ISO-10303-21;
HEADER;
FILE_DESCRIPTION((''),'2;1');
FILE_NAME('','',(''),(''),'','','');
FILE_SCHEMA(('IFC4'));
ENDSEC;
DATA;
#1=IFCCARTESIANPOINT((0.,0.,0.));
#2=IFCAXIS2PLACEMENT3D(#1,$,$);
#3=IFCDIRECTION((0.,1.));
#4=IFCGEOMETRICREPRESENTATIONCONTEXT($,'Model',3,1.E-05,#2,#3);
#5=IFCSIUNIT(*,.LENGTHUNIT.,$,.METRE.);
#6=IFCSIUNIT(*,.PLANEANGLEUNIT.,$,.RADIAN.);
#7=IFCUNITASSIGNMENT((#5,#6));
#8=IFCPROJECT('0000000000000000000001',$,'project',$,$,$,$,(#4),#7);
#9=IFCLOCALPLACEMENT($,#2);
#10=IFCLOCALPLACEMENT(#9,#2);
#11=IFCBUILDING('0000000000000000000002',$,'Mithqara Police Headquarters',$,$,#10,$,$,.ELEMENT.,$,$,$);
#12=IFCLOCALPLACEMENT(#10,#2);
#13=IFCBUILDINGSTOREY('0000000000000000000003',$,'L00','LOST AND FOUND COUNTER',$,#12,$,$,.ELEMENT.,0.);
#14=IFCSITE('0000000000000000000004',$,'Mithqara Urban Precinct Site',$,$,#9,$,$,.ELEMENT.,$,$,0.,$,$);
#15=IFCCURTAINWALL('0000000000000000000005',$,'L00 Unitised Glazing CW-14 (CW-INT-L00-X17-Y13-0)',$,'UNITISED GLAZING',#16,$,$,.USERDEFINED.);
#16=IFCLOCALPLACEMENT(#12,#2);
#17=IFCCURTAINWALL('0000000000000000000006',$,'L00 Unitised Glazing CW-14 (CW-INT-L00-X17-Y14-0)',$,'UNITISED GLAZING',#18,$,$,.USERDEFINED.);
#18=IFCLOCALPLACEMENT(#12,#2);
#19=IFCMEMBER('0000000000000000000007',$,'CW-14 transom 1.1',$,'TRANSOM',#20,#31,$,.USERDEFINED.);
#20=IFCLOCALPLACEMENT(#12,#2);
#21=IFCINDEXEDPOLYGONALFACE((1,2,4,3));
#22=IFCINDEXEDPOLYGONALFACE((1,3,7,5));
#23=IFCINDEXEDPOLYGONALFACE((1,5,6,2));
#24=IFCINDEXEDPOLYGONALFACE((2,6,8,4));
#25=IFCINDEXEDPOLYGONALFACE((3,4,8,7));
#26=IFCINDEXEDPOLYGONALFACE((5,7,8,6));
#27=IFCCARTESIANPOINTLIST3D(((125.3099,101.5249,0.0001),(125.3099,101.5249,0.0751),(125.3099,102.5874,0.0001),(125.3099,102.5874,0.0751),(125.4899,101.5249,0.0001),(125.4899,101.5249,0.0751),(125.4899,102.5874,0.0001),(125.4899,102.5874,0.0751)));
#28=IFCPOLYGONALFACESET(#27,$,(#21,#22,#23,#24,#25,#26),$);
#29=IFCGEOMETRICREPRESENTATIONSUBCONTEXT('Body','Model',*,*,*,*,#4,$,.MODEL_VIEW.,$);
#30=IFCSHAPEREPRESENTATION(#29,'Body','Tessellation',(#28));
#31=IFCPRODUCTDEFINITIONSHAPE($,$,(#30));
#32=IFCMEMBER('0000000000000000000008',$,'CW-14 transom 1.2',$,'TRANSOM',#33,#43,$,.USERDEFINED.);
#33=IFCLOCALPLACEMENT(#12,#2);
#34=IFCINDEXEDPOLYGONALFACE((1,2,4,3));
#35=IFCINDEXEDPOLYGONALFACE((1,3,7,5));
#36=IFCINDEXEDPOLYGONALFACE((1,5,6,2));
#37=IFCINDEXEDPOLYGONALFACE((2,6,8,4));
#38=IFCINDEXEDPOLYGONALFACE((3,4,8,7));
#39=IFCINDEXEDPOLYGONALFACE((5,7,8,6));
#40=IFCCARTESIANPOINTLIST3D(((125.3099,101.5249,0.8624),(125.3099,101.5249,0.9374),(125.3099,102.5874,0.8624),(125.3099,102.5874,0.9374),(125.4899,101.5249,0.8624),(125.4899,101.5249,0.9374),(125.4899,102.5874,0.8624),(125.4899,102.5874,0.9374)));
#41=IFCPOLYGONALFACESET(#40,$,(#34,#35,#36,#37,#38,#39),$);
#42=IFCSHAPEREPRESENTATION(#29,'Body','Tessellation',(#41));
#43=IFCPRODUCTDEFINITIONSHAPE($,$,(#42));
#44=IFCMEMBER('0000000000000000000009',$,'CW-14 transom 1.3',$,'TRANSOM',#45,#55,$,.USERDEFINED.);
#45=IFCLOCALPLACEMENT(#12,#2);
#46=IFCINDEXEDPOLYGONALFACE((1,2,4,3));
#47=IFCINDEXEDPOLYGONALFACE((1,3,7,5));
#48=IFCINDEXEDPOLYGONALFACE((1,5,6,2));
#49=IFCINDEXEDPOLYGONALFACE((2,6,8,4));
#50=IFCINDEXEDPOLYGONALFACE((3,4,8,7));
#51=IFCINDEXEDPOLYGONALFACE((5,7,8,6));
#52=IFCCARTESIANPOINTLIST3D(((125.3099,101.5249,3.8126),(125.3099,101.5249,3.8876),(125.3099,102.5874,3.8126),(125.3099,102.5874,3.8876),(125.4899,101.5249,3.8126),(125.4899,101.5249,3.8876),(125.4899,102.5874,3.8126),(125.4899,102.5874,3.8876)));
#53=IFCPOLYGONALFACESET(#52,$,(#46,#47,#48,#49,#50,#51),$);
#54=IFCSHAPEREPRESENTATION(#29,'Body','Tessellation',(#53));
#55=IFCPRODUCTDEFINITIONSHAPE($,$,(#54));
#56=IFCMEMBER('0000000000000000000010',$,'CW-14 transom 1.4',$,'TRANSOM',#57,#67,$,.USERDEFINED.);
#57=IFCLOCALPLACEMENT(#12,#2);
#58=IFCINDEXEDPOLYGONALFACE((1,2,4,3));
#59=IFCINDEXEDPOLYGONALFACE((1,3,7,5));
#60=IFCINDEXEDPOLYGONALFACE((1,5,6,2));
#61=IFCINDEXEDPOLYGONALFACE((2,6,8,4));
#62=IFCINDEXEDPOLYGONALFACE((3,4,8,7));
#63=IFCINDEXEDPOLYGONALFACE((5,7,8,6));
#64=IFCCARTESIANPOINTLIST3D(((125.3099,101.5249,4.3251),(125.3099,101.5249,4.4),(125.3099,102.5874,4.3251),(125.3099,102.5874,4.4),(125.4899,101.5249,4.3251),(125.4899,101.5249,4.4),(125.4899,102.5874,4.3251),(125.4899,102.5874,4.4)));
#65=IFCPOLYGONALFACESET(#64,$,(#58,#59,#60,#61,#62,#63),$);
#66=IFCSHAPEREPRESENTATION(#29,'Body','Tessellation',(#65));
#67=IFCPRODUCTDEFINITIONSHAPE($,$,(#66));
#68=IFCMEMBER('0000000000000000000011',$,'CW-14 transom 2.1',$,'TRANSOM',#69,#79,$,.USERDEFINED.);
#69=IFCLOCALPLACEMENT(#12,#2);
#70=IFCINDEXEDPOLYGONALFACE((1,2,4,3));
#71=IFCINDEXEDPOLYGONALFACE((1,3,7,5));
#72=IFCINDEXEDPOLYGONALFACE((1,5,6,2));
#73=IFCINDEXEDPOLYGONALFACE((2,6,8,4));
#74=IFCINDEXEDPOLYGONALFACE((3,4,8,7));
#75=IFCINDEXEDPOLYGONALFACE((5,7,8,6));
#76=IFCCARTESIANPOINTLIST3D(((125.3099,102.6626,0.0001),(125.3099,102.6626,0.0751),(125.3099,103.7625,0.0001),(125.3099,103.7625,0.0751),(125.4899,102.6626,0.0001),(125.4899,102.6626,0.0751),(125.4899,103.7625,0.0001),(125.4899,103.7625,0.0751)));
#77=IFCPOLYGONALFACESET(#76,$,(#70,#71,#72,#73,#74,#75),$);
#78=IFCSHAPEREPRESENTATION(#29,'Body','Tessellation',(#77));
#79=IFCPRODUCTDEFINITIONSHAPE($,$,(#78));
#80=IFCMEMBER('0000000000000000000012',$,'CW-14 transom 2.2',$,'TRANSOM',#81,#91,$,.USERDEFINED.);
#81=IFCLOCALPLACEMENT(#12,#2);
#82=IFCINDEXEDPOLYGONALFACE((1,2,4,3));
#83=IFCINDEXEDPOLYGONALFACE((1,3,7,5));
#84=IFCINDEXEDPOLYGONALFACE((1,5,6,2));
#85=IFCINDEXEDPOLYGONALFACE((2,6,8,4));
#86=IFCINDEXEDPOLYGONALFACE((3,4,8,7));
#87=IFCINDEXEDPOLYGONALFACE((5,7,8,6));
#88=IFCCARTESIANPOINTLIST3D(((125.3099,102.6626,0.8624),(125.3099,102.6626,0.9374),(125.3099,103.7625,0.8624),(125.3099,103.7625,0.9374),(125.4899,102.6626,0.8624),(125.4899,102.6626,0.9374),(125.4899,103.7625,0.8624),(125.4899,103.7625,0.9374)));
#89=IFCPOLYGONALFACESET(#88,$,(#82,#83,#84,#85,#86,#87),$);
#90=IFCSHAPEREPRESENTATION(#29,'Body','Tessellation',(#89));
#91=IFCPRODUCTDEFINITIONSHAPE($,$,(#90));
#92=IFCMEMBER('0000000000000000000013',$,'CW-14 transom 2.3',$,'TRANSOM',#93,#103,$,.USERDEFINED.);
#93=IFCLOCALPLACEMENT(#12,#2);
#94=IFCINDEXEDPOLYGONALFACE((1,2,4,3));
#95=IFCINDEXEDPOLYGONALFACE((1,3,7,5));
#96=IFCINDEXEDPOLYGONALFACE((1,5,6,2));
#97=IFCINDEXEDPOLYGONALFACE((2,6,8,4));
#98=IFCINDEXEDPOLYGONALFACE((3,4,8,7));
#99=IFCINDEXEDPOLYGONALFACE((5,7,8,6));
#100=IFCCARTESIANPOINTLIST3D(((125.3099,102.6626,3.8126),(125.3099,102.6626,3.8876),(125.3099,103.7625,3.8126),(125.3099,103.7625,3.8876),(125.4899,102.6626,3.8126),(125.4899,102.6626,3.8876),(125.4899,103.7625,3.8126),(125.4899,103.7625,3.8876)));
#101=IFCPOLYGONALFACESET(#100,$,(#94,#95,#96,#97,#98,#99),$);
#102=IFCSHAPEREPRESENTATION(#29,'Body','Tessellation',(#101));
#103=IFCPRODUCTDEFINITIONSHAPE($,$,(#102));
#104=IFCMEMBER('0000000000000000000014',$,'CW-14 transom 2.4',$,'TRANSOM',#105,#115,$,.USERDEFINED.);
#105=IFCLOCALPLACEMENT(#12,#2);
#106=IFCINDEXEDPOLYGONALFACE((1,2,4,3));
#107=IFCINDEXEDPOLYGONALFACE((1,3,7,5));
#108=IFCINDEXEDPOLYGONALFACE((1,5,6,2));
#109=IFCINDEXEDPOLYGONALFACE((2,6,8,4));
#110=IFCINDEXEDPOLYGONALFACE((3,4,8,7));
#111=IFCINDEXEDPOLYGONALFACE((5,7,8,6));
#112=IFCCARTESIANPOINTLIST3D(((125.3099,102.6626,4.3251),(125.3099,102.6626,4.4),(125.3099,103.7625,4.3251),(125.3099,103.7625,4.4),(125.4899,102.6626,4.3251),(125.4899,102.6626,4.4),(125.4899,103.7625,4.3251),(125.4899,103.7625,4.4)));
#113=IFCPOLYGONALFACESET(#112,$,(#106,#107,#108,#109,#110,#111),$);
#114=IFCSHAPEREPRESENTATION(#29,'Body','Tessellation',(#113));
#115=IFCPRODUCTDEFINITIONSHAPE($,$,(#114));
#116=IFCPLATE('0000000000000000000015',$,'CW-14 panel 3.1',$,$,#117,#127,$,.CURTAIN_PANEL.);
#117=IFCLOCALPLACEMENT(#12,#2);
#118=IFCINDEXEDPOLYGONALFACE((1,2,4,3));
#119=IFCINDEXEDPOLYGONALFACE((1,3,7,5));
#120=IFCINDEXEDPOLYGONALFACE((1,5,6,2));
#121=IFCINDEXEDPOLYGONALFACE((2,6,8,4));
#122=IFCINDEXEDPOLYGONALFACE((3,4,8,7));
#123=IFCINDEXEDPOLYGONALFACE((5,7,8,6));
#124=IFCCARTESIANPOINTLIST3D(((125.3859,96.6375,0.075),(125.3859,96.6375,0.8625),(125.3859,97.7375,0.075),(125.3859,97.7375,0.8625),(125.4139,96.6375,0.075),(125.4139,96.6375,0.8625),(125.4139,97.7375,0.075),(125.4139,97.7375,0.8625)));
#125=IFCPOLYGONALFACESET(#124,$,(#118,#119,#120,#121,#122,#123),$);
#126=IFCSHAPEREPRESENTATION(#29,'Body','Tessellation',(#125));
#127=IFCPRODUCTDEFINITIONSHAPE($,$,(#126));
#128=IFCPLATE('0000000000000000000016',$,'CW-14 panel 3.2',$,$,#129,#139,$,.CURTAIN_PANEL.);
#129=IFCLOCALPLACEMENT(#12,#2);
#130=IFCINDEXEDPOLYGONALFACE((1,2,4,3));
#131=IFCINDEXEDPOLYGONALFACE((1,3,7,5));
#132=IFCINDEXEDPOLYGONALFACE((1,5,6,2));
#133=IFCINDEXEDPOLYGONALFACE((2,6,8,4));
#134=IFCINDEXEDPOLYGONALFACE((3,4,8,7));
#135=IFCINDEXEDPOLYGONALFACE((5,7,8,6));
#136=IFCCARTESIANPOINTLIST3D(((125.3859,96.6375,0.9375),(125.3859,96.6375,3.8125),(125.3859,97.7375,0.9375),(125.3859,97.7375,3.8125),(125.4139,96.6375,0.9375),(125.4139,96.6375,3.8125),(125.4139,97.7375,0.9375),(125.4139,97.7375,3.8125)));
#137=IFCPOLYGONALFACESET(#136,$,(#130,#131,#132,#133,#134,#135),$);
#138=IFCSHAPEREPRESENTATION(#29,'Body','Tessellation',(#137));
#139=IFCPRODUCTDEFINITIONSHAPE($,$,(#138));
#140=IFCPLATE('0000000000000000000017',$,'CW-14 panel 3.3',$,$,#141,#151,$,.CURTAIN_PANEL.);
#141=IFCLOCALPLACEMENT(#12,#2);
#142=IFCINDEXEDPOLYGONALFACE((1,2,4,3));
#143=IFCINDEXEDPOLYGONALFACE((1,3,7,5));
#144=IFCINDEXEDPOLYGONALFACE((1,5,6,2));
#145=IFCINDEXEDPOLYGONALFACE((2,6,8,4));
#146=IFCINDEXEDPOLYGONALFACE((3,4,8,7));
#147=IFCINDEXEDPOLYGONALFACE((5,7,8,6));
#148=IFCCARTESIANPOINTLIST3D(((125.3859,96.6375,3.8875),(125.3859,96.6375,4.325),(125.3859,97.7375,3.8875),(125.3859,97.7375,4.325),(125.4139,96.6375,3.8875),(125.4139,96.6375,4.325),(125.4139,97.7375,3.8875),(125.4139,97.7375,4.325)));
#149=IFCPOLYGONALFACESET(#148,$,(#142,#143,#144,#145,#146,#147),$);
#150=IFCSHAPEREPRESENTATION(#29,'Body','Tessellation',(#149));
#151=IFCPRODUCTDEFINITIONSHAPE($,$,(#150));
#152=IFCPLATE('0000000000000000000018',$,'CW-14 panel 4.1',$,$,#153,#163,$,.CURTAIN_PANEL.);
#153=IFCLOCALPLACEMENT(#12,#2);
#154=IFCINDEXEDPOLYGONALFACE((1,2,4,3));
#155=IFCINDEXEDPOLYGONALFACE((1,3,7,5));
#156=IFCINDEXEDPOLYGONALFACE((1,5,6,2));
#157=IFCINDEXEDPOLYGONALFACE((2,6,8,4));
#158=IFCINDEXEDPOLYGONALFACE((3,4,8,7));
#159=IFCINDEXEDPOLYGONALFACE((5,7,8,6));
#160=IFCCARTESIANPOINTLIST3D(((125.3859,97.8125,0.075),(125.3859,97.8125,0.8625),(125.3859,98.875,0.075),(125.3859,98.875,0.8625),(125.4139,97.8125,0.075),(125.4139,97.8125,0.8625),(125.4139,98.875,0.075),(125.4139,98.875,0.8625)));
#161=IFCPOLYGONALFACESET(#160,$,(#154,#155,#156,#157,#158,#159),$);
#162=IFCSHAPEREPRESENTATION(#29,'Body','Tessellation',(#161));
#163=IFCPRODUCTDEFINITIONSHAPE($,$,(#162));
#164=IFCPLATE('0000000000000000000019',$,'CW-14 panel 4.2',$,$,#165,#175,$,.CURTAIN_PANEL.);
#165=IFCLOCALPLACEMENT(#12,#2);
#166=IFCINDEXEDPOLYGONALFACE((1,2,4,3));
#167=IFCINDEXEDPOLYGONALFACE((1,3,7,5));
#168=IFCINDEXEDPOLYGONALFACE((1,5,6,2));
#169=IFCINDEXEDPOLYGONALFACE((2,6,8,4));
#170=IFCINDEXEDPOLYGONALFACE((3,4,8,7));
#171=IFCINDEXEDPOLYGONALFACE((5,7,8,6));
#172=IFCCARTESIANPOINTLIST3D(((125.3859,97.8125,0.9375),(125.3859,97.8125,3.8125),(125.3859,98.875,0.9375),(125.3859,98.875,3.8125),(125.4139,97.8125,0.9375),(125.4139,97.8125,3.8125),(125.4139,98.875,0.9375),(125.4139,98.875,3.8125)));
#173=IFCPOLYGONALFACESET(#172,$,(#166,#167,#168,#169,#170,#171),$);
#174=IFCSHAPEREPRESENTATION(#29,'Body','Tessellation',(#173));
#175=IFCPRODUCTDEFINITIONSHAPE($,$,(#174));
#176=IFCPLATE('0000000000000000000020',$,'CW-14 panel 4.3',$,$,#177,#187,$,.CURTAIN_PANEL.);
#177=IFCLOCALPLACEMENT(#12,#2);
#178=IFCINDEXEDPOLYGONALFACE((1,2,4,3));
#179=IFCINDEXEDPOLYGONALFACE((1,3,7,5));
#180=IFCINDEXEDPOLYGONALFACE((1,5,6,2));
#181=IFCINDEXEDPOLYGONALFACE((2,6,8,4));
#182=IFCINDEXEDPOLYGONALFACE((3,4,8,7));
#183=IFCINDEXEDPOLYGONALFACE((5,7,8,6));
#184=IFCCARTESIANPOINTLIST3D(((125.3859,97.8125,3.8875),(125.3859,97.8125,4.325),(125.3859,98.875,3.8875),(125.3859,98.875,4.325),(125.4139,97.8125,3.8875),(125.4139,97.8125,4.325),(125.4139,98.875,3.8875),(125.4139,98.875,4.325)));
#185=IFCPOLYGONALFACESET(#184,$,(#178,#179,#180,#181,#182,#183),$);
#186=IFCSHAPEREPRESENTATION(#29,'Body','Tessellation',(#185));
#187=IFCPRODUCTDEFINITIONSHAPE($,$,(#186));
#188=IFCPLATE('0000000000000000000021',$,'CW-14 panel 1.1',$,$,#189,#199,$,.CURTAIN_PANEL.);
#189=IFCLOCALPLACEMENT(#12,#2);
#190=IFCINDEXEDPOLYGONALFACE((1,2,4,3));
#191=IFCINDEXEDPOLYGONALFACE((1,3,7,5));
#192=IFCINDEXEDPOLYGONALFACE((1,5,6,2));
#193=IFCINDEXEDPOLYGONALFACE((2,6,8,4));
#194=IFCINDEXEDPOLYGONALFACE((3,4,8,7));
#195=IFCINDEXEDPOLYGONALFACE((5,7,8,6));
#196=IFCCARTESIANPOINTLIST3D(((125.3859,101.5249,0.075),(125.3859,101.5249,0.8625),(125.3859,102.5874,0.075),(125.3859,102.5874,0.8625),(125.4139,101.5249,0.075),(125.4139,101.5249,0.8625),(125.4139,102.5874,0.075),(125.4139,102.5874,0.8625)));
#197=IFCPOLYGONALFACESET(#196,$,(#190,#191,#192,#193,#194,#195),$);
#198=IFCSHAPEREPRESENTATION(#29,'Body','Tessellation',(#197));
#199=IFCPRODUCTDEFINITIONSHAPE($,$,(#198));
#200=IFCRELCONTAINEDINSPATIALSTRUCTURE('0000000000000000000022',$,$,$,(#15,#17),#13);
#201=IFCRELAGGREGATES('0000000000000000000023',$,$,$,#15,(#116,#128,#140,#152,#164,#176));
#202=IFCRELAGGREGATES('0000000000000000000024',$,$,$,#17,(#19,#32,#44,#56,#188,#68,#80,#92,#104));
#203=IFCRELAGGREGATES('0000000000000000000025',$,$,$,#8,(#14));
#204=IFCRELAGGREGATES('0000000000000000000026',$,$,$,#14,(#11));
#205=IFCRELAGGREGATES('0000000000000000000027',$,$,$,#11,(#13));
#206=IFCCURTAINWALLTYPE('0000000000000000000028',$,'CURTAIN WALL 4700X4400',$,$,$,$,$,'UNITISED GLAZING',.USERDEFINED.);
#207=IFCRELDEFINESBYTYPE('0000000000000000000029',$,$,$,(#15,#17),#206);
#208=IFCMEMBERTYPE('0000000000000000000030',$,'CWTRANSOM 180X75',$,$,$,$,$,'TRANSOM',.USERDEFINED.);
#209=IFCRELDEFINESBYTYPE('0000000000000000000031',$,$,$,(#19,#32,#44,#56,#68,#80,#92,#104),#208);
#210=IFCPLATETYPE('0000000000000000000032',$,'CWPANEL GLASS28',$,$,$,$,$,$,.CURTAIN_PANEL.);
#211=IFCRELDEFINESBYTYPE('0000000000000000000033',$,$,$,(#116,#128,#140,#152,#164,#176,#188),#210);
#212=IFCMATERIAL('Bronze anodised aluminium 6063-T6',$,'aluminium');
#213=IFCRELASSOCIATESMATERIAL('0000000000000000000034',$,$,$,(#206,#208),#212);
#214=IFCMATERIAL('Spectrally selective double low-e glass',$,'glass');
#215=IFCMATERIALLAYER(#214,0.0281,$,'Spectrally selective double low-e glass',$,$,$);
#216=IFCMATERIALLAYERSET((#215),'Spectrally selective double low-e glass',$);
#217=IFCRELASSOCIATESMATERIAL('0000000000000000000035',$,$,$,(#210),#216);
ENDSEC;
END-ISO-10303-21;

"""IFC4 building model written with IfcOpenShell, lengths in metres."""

from ifc_helpers import new_model, si_unit, direction, frame, origin, origin_2d, place, context, subcontext, project, spatial, rectangle, extrude, material, layer, layer_set, material_profile, profile_set, type_object, element, aggregate, save


model = new_model("IFC4")

# Units and contexts
model_context = context("Model", 3, precision=1e-05, world=origin(), true_north=direction((0.0, 1.0)))
body_context = subcontext(model_context, "Body", "Model", "MODEL_VIEW")
ifc_project = project(units=[si_unit("LENGTHUNIT", "METRE"), si_unit("PLANEANGLEUNIT", "RADIAN")], contexts=[model_context])

# Site, building, storey
site_placement = place(None, origin())
site = spatial("IfcSite", under=ifc_project, at=site_placement, Name="Mithqara Urban Precinct Site", CompositionType="ELEMENT", RefElevation=0.0)
building_placement = place(site_placement, origin())
building = spatial("IfcBuilding", under=site, at=building_placement, Name="Mithqara Police Headquarters", CompositionType="ELEMENT")
storey_placement = place(building_placement, origin())
storey = spatial("IfcBuildingStorey", under=building, at=storey_placement, Name="L00", Description="LOST AND FOUND COUNTER", CompositionType="ELEMENT", Elevation=0.0)

# Curtain walls
ifc_material_1 = material(Name="Bronze anodised aluminium 6063-T6", Category="aluminium")
curtain_wall_type = type_object("IfcCurtainWallType", Name="CURTAIN WALL 4700X4400", ElementType="UNITISED GLAZING", PredefinedType="USERDEFINED", material=ifc_material_1)
curtain_wall_1_placement = place(storey_placement, origin())
curtain_wall_1 = element("IfcCurtainWall", 1, at=curtain_wall_1_placement, inside=storey, type_object=curtain_wall_type, Name="L00 Unitised Glazing CW-14 (CW-INT-L00-X17-Y13-0)", ObjectType="UNITISED GLAZING", PredefinedType="USERDEFINED")
curtain_wall_2_placement = place(storey_placement, origin())
curtain_wall_2 = element("IfcCurtainWall", 2, at=curtain_wall_2_placement, inside=storey, type_object=curtain_wall_type, Name="L00 Unitised Glazing CW-14 (CW-INT-L00-X17-Y14-0)", ObjectType="UNITISED GLAZING", PredefinedType="USERDEFINED")

# Members
ifc_material_profile_1 = material_profile(ifc_material_1, rectangle(XDim=0.1799, YDim=0.075, at=origin_2d()), Name="CWT 180x75")
ifc_profile_set_1 = profile_set([ifc_material_profile_1], Name="Bronze anodised aluminium 6063-T6")
member_type_1 = type_object("IfcMemberType", Name="CWTRANSOM 180X75", ElementType="TRANSOM", PredefinedType="USERDEFINED", material=ifc_profile_set_1)
member_1_placement = place(storey_placement, frame((125.3999, 101.5249, 0.0376), z_axis=(0.0, 1.0, 0.0), x_axis=(-1.0, 0.0, 0.0)))
member_1 = element("IfcMember", 3, at=member_1_placement, type_object=member_type_1, Name="CW-14 transom 1.1", ObjectType="TRANSOM", PredefinedType="USERDEFINED", context=body_context, shape_type="SweptSolid", body=[
    extrude(rectangle(XDim=0.1799, YDim=0.075, at=origin_2d()), origin(), (0.0, 0.0, 1.0), 1.0625),
])
member_2_placement = place(storey_placement, frame((125.3999, 101.5249, 0.8999), z_axis=(0.0, 1.0, 0.0), x_axis=(-1.0, 0.0, 0.0)))
member_2 = element("IfcMember", 4, at=member_2_placement, type_object=member_type_1, Name="CW-14 transom 1.2", ObjectType="TRANSOM", PredefinedType="USERDEFINED", context=body_context, shape_type="SweptSolid", body=[
    extrude(rectangle(XDim=0.1799, YDim=0.075, at=origin_2d()), origin(), (0.0, 0.0, 1.0), 1.0625),
])
member_3_placement = place(storey_placement, frame((125.3999, 101.5249, 3.8501), z_axis=(0.0, 1.0, 0.0), x_axis=(-1.0, 0.0, 0.0)))
member_3 = element("IfcMember", 5, at=member_3_placement, type_object=member_type_1, Name="CW-14 transom 1.3", ObjectType="TRANSOM", PredefinedType="USERDEFINED", context=body_context, shape_type="SweptSolid", body=[
    extrude(rectangle(XDim=0.1799, YDim=0.075, at=origin_2d()), origin(), (0.0, 0.0, 1.0), 1.0625),
])
member_4_placement = place(storey_placement, frame((125.3999, 101.5249, 4.3625), z_axis=(0.0, 1.0, 0.0), x_axis=(-1.0, 0.0, 0.0)))
member_4 = element("IfcMember", 6, at=member_4_placement, type_object=member_type_1, Name="CW-14 transom 1.4", ObjectType="TRANSOM", PredefinedType="USERDEFINED", context=body_context, shape_type="SweptSolid", body=[
    extrude(rectangle(XDim=0.1799, YDim=0.075, at=origin_2d()), origin(), (0.0, 0.0, 1.0), 1.0625),
])
member_5_placement = place(storey_placement, frame((125.3999, 102.6626, 0.0376), z_axis=(0.0, 1.0, 0.0), x_axis=(-1.0, 0.0, 0.0)))
member_5 = element("IfcMember", 7, at=member_5_placement, type_object=member_type_1, Name="CW-14 transom 2.1", ObjectType="TRANSOM", PredefinedType="USERDEFINED", context=body_context, shape_type="SweptSolid", body=[
    extrude(rectangle(XDim=0.1799, YDim=0.075, at=origin_2d()), origin(), (0.0, 0.0, 1.0), 1.0999),
])
member_6_placement = place(storey_placement, frame((125.3999, 102.6626, 0.8999), z_axis=(0.0, 1.0, 0.0), x_axis=(-1.0, 0.0, 0.0)))
member_6 = element("IfcMember", 8, at=member_6_placement, type_object=member_type_1, Name="CW-14 transom 2.2", ObjectType="TRANSOM", PredefinedType="USERDEFINED", context=body_context, shape_type="SweptSolid", body=[
    extrude(rectangle(XDim=0.1799, YDim=0.075, at=origin_2d()), origin(), (0.0, 0.0, 1.0), 1.0999),
])
member_7_placement = place(storey_placement, frame((125.3999, 102.6626, 3.8501), z_axis=(0.0, 1.0, 0.0), x_axis=(-1.0, 0.0, 0.0)))
member_7 = element("IfcMember", 9, at=member_7_placement, type_object=member_type_1, Name="CW-14 transom 2.3", ObjectType="TRANSOM", PredefinedType="USERDEFINED", context=body_context, shape_type="SweptSolid", body=[
    extrude(rectangle(XDim=0.1799, YDim=0.075, at=origin_2d()), origin(), (0.0, 0.0, 1.0), 1.0999),
])
member_8_placement = place(storey_placement, frame((125.3999, 102.6626, 4.3625), z_axis=(0.0, 1.0, 0.0), x_axis=(-1.0, 0.0, 0.0)))
member_8 = element("IfcMember", 10, at=member_8_placement, type_object=member_type_1, Name="CW-14 transom 2.4", ObjectType="TRANSOM", PredefinedType="USERDEFINED", context=body_context, shape_type="SweptSolid", body=[
    extrude(rectangle(XDim=0.1799, YDim=0.075, at=origin_2d()), origin(), (0.0, 0.0, 1.0), 1.0999),
])

# Plates
ifc_material_2 = material(Name="Spectrally selective double low-e glass", Category="glass")
ifc_layer_1 = layer(ifc_material_2, 0.0281, Name="Spectrally selective double low-e glass")
ifc_layer_set_1 = layer_set([ifc_layer_1], Name="Spectrally selective double low-e glass")
plate_type = type_object("IfcPlateType", Name="CWPANEL GLASS28", PredefinedType="CURTAIN_PANEL", material=ifc_layer_set_1)
plate_1_placement = place(storey_placement, frame((125.3999, 97.1875, 0.075), z_axis=(0.0, 0.0, 1.0), x_axis=(0.0, 1.0, 0.0)))
plate_1 = element("IfcPlate", 11, at=plate_1_placement, type_object=plate_type, Name="CW-14 panel 3.1", PredefinedType="CURTAIN_PANEL", context=body_context, shape_type="SweptSolid", body=[
    extrude(rectangle(XDim=1.1001, YDim=0.0281, at=origin_2d()), origin(), (0.0, 0.0, 1.0), 0.7876),
])
plate_2_placement = place(storey_placement, frame((125.3999, 97.1875, 0.9375), z_axis=(0.0, 0.0, 1.0), x_axis=(0.0, 1.0, 0.0)))
plate_2 = element("IfcPlate", 12, at=plate_2_placement, type_object=plate_type, Name="CW-14 panel 3.2", PredefinedType="CURTAIN_PANEL", context=body_context, shape_type="SweptSolid", body=[
    extrude(rectangle(XDim=1.1001, YDim=0.0281, at=origin_2d()), origin(), (0.0, 0.0, 1.0), 2.875),
])
plate_3_placement = place(storey_placement, frame((125.3999, 97.1875, 3.8875), z_axis=(0.0, 0.0, 1.0), x_axis=(0.0, 1.0, 0.0)))
plate_3 = element("IfcPlate", 13, at=plate_3_placement, type_object=plate_type, Name="CW-14 panel 3.3", PredefinedType="CURTAIN_PANEL", context=body_context, shape_type="SweptSolid", body=[
    extrude(rectangle(XDim=1.1001, YDim=0.0281, at=origin_2d()), origin(), (0.0, 0.0, 1.0), 0.4375),
])
plate_4_placement = place(storey_placement, frame((125.3999, 98.3438, 0.075), z_axis=(0.0, 0.0, 1.0), x_axis=(0.0, 1.0, 0.0)))
plate_4 = element("IfcPlate", 14, at=plate_4_placement, type_object=plate_type, Name="CW-14 panel 4.1", PredefinedType="CURTAIN_PANEL", context=body_context, shape_type="SweptSolid", body=[
    extrude(rectangle(XDim=1.0625, YDim=0.0281, at=origin_2d()), origin(), (0.0, 0.0, 1.0), 0.7876),
])
plate_5_placement = place(storey_placement, frame((125.3999, 98.3438, 0.9375), z_axis=(0.0, 0.0, 1.0), x_axis=(0.0, 1.0, 0.0)))
plate_5 = element("IfcPlate", 15, at=plate_5_placement, type_object=plate_type, Name="CW-14 panel 4.2", PredefinedType="CURTAIN_PANEL", context=body_context, shape_type="SweptSolid", body=[
    extrude(rectangle(XDim=1.0625, YDim=0.0281, at=origin_2d()), origin(), (0.0, 0.0, 1.0), 2.875),
])
plate_6_placement = place(storey_placement, frame((125.3999, 98.3438, 3.8875), z_axis=(0.0, 0.0, 1.0), x_axis=(0.0, 1.0, 0.0)))
plate_6 = element("IfcPlate", 16, at=plate_6_placement, type_object=plate_type, Name="CW-14 panel 4.3", PredefinedType="CURTAIN_PANEL", context=body_context, shape_type="SweptSolid", body=[
    extrude(rectangle(XDim=1.0625, YDim=0.0281, at=origin_2d()), origin(), (0.0, 0.0, 1.0), 0.4375),
])
aggregate(curtain_wall_1, [plate_1, plate_2, plate_3, plate_4, plate_5, plate_6])
plate_7_placement = place(storey_placement, frame((125.3999, 102.0562, 0.075), z_axis=(0.0, 0.0, 1.0), x_axis=(0.0, 1.0, 0.0)))
plate_7 = element("IfcPlate", 17, at=plate_7_placement, type_object=plate_type, Name="CW-14 panel 1.1", PredefinedType="CURTAIN_PANEL", context=body_context, shape_type="SweptSolid", body=[
    extrude(rectangle(XDim=1.0625, YDim=0.0281, at=origin_2d()), origin(), (0.0, 0.0, 1.0), 0.7876),
])
aggregate(curtain_wall_2, [member_1, member_2, member_3, member_4, plate_7, member_5, member_6, member_7, member_8])

save(model, "model.ifc")
